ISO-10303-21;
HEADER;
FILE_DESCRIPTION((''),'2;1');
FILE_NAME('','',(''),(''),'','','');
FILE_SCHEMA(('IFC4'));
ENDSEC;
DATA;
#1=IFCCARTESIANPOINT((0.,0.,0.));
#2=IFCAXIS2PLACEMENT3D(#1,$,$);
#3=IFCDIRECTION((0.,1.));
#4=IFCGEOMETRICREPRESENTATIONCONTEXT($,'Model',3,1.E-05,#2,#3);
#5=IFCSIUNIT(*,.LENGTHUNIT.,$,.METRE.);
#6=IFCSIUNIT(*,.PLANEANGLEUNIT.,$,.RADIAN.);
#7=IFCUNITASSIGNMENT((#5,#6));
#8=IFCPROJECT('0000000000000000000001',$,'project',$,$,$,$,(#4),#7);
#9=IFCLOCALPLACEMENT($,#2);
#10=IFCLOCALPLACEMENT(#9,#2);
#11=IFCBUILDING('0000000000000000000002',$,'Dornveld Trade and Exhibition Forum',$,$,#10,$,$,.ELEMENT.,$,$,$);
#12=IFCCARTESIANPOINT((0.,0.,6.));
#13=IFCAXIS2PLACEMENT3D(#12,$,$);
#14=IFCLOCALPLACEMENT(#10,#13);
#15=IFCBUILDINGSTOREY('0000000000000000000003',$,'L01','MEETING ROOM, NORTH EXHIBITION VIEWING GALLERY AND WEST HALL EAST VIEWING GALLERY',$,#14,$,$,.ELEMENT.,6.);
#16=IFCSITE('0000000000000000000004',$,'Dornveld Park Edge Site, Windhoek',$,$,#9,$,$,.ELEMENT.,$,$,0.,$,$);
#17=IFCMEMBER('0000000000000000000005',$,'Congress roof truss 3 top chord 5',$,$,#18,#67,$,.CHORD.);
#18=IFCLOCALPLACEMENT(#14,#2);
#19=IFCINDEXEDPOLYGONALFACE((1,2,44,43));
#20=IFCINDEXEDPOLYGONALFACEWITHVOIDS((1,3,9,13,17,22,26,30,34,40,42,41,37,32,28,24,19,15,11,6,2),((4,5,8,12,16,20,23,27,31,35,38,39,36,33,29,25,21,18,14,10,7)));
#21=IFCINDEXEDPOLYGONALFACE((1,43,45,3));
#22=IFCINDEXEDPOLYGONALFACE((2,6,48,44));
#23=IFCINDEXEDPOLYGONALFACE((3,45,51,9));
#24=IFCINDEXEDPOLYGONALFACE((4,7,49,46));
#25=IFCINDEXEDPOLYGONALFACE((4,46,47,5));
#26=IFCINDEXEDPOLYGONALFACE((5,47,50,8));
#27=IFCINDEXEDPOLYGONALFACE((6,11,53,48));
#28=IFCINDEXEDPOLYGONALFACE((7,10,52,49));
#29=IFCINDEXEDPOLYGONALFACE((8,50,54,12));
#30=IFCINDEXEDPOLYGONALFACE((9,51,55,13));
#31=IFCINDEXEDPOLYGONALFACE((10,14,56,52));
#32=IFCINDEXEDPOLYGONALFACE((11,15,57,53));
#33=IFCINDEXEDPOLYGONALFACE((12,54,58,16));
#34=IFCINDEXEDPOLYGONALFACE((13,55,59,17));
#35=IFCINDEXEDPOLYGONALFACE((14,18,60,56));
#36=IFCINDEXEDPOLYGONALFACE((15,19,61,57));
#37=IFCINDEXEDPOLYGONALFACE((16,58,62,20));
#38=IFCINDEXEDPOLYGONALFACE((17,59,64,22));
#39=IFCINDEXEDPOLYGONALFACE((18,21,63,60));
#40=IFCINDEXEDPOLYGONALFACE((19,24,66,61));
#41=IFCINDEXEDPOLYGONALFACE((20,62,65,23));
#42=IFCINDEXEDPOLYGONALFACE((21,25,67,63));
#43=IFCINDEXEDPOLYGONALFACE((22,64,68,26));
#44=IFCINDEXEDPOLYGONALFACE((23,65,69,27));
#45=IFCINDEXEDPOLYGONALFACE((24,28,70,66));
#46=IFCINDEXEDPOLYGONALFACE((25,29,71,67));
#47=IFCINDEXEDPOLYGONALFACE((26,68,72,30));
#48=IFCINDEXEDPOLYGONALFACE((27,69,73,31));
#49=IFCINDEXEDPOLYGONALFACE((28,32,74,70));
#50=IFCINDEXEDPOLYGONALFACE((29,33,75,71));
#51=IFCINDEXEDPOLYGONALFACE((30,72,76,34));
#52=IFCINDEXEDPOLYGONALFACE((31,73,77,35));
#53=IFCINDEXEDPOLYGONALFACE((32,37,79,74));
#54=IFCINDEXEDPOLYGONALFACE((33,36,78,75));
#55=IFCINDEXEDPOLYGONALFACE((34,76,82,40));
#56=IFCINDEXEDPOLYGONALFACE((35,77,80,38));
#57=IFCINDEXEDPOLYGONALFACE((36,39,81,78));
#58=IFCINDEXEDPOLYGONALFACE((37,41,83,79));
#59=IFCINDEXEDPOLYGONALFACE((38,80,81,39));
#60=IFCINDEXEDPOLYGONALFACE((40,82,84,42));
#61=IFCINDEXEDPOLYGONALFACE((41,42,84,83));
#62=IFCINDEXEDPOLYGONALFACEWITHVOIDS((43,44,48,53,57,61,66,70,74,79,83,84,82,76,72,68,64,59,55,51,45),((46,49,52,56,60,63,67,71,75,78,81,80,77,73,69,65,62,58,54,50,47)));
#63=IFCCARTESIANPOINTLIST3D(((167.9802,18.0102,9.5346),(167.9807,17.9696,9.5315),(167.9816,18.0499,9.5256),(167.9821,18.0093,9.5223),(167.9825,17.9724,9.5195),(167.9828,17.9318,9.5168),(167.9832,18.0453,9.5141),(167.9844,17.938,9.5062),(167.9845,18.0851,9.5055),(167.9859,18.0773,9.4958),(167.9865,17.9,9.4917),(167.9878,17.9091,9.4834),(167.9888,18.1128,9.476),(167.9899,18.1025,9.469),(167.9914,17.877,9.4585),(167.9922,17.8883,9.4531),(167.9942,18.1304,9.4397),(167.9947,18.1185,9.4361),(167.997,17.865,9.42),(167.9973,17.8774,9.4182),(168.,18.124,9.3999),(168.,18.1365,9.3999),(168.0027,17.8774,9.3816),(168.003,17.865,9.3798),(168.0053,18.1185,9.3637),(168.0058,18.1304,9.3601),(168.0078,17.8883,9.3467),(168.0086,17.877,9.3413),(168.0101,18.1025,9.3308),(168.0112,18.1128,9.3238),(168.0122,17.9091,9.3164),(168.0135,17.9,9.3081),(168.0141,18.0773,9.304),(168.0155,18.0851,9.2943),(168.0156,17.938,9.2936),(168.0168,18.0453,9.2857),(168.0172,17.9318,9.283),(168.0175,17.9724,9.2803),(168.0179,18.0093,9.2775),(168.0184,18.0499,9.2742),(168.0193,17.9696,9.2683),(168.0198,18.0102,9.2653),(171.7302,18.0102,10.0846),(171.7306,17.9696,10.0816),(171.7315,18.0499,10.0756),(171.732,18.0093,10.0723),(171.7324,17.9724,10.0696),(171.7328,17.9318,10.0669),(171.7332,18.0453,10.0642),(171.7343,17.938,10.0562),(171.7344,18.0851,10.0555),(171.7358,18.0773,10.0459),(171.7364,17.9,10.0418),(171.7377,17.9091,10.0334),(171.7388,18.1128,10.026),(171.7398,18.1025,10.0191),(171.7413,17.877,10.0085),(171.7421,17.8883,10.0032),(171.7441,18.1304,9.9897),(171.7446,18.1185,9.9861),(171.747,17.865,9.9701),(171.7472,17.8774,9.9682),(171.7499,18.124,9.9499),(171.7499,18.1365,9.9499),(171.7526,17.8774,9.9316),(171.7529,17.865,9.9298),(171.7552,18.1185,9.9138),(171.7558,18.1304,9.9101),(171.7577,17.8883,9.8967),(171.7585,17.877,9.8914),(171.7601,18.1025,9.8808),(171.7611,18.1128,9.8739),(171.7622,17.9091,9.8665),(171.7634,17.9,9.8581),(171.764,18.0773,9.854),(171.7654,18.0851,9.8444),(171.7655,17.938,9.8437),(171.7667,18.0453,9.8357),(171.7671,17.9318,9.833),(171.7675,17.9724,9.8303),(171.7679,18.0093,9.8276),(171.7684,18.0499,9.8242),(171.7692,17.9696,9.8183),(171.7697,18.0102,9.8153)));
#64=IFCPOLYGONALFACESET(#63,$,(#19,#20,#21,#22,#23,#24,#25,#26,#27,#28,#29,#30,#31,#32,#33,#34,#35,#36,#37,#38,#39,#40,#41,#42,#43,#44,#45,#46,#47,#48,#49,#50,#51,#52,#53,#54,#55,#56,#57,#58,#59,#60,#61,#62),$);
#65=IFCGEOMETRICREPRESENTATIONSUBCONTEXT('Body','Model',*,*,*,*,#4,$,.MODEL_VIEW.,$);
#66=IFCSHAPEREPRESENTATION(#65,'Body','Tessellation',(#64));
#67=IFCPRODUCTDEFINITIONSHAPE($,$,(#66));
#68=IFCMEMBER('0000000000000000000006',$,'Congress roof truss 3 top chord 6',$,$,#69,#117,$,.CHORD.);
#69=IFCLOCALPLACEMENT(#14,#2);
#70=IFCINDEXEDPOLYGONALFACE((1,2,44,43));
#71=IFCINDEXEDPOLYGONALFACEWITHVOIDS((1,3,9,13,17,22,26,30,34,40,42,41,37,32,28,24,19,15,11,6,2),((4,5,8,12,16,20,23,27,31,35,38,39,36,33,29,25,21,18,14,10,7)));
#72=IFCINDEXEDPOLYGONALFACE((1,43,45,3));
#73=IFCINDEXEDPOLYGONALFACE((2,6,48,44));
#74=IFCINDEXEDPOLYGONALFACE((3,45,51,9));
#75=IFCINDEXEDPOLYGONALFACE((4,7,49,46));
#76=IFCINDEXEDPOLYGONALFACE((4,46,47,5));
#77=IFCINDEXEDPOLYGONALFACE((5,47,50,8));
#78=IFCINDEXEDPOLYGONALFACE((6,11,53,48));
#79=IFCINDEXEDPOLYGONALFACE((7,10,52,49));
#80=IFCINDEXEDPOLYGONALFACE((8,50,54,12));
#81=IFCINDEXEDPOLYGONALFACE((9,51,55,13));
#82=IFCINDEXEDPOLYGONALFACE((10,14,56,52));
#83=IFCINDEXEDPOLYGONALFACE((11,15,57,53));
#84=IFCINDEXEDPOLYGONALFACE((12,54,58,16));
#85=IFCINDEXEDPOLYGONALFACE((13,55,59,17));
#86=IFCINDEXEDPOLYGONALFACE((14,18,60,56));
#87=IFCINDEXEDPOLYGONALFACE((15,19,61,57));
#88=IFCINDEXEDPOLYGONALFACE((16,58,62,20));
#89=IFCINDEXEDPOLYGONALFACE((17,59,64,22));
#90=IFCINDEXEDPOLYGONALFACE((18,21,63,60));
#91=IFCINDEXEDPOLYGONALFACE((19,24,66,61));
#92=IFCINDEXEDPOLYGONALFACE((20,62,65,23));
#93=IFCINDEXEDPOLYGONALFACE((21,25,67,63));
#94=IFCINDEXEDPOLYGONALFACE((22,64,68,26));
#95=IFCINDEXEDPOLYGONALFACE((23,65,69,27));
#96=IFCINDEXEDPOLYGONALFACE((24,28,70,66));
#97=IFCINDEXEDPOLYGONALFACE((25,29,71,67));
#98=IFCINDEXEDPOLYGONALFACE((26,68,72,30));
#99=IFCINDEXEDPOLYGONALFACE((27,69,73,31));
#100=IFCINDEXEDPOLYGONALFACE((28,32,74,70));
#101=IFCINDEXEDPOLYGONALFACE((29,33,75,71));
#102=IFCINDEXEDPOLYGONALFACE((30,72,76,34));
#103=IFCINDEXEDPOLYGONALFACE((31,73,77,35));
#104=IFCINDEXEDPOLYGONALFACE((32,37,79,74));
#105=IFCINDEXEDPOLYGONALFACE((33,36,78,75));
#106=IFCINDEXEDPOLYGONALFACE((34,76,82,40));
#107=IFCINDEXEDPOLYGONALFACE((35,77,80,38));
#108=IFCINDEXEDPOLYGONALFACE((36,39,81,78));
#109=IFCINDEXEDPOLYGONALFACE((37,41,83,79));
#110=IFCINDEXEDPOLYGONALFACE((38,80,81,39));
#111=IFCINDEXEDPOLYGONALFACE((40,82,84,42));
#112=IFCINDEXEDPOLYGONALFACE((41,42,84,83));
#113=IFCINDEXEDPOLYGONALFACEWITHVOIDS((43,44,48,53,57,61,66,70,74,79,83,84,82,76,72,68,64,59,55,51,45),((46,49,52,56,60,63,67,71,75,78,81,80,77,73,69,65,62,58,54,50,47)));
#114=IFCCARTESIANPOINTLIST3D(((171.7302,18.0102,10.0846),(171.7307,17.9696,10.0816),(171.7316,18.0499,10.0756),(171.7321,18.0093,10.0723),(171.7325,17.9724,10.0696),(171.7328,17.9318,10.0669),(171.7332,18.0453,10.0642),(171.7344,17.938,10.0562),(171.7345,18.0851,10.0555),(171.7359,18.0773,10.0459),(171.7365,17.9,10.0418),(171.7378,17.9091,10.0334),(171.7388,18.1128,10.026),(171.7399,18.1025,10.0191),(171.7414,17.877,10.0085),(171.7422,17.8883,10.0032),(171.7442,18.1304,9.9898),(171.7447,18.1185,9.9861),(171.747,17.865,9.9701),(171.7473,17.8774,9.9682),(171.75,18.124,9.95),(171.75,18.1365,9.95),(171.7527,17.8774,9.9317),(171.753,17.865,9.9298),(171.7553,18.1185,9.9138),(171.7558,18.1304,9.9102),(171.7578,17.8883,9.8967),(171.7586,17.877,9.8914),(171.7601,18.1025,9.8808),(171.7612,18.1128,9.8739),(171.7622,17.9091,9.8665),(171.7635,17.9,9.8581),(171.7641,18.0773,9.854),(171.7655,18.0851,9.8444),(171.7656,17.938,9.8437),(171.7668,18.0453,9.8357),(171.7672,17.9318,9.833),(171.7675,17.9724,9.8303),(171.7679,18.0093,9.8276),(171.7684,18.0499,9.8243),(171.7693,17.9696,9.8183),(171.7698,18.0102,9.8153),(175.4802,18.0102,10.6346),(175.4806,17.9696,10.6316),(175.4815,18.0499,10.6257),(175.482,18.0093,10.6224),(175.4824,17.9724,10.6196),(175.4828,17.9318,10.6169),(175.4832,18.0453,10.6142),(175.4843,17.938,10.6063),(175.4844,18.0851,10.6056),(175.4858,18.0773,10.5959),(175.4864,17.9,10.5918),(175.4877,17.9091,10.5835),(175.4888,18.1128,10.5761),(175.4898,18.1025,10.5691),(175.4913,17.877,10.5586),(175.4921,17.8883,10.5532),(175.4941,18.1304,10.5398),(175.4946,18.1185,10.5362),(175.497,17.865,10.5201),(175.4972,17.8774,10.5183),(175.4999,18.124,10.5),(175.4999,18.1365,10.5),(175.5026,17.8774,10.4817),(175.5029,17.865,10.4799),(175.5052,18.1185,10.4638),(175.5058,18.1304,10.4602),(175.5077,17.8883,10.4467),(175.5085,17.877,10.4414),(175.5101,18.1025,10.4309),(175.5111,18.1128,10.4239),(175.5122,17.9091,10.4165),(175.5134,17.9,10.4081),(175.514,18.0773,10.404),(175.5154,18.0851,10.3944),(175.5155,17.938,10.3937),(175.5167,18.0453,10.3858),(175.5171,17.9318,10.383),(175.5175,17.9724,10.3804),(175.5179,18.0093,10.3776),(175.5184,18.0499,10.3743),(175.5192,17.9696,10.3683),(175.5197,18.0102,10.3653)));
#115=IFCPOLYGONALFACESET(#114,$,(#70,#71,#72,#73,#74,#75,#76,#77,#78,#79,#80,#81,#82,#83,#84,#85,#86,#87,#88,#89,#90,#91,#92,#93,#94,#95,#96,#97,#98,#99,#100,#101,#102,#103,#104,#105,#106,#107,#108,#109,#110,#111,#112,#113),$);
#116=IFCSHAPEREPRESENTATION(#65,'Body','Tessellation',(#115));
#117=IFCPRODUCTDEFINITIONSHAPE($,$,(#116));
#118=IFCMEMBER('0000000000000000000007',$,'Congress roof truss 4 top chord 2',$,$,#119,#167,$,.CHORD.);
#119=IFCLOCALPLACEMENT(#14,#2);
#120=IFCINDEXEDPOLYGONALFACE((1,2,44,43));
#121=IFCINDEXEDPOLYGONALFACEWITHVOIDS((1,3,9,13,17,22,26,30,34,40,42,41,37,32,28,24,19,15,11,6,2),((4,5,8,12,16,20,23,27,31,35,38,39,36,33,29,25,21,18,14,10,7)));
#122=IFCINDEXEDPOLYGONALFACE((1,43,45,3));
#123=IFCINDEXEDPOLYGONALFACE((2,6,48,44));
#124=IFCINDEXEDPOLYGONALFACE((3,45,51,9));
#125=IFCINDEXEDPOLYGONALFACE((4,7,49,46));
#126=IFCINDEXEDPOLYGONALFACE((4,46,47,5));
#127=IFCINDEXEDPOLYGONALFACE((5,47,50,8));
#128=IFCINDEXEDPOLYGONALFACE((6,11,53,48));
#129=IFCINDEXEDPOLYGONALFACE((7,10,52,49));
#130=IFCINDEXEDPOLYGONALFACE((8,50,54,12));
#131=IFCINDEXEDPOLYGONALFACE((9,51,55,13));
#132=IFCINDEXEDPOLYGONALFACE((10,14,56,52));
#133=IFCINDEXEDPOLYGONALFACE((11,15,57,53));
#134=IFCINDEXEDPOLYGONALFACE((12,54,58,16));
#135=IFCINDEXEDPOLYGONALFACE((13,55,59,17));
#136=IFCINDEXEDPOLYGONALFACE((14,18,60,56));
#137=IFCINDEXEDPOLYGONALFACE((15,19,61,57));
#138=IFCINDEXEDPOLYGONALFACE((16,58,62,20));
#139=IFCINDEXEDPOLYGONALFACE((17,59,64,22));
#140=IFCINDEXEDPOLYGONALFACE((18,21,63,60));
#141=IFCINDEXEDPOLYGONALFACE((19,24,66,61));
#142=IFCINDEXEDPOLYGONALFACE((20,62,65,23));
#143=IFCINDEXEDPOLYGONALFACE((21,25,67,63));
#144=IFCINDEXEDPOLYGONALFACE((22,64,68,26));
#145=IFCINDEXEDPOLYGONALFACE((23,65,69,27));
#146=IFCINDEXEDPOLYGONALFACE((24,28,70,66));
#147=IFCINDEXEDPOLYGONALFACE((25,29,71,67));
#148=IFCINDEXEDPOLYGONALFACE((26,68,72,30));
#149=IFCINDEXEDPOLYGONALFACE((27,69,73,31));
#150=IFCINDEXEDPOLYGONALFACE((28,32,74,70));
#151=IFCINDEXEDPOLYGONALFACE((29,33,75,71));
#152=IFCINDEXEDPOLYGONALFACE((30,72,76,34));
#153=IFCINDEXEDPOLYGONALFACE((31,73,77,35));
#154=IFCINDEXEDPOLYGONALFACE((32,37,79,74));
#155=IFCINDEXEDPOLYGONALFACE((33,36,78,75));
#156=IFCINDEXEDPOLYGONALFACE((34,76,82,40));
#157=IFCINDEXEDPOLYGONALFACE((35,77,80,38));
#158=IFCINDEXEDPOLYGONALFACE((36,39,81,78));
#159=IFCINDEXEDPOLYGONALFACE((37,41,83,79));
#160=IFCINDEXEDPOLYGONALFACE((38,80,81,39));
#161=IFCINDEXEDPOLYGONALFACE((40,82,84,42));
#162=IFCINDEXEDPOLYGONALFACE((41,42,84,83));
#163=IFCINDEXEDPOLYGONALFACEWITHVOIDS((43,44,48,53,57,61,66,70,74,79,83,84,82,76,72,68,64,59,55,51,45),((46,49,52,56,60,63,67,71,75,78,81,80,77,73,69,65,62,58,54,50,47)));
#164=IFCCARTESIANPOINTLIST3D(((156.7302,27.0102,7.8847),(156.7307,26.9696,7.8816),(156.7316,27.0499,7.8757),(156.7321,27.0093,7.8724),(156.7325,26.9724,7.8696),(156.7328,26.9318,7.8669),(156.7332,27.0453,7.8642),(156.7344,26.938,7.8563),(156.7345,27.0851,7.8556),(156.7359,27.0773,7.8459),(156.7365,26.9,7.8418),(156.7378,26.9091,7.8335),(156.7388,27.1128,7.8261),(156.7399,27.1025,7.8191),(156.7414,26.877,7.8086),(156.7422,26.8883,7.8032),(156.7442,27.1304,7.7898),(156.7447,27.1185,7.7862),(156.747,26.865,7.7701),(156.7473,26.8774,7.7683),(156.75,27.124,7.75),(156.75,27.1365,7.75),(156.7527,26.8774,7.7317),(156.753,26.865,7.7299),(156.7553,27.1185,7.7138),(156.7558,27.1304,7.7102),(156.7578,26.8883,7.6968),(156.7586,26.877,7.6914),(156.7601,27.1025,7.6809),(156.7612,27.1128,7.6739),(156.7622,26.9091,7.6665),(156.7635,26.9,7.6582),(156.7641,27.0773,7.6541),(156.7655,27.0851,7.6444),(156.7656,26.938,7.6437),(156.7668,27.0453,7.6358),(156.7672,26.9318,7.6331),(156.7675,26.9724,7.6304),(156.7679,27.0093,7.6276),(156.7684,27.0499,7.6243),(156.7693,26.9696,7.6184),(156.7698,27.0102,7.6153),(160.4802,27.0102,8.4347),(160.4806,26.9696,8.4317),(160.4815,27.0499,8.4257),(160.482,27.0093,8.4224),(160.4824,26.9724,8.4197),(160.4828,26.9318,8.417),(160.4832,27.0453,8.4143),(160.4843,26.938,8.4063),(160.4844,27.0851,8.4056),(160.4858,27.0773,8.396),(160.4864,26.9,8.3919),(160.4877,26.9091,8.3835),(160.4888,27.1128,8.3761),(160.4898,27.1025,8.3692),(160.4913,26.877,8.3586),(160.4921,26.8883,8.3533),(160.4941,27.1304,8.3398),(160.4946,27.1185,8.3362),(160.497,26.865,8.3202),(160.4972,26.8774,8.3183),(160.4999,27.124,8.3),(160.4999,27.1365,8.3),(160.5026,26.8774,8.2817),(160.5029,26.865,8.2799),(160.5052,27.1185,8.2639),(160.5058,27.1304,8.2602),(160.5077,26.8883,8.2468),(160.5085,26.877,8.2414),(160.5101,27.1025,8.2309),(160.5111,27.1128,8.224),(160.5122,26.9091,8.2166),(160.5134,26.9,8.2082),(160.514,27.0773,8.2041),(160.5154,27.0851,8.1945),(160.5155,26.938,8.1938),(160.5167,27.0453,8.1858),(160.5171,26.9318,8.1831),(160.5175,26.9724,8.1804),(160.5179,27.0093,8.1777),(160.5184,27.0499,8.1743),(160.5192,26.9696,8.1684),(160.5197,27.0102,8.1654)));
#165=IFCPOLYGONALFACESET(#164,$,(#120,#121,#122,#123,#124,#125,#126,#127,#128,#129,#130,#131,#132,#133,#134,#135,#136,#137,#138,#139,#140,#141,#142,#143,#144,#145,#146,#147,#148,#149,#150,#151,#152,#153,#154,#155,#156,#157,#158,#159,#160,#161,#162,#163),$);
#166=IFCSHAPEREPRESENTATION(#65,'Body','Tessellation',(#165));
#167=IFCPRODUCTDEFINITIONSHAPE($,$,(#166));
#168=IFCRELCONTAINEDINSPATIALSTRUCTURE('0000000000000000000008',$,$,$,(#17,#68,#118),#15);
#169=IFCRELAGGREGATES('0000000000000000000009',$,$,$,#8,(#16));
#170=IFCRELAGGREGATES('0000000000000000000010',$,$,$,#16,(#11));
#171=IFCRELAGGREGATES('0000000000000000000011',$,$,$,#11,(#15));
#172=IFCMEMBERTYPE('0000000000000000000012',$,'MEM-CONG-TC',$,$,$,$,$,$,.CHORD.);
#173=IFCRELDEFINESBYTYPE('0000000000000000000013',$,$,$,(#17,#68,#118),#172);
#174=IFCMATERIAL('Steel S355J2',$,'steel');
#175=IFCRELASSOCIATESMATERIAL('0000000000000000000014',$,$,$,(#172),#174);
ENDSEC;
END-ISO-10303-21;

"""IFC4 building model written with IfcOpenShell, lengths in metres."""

from ifc_helpers import new_model, si_unit, direction, frame, origin, origin_2d, place, context, subcontext, project, spatial, hollow_circle, extrude, material, material_profile, profile_set, type_object, element, save


model = new_model("IFC4")

# Units and contexts
model_context = context("Model", 3, precision=1e-05, world=origin(), true_north=direction((0.0, 1.0)))
body_context = subcontext(model_context, "Body", "Model", "MODEL_VIEW")
ifc_project = project(units=[si_unit("LENGTHUNIT", "METRE"), si_unit("PLANEANGLEUNIT", "RADIAN")], contexts=[model_context])

# Site, building, storey
site_placement = place(None, origin())
site = spatial("IfcSite", under=ifc_project, at=site_placement, Name="Dornveld Park Edge Site, Windhoek", CompositionType="ELEMENT", RefElevation=0.0)
building_placement = place(site_placement, origin())
building = spatial("IfcBuilding", under=site, at=building_placement, Name="Dornveld Trade and Exhibition Forum", CompositionType="ELEMENT")
storey_placement = place(building_placement, frame((0.0, 0.0, 6.0)))
storey = spatial("IfcBuildingStorey", under=building, at=storey_placement, Name="L01", Description="MEETING ROOM, NORTH EXHIBITION VIEWING GALLERY AND WEST HALL EAST VIEWING GALLERY", CompositionType="ELEMENT", Elevation=6.0)

# Members
ifc_material_1 = material(Name="Steel S355J2", Category="steel")
ifc_material_profile_1 = material_profile(ifc_material_1, hollow_circle(Radius=0.1365, WallThickness=0.0125, at=origin_2d()), Name="CHS 273x12.5")
ifc_profile_set_1 = profile_set([ifc_material_profile_1], Name="Steel S355J2")
member_type_1 = type_object("IfcMemberType", Name="MEM-CONG-TC", PredefinedType="CHORD", material=ifc_profile_set_1)
for number, where, z_axis, x_axis, name in (
    (1, (168.0, 18.0, 9.3999), (0.989413, 0.0, 0.145127), (0.0, 1.0, 0.0), "Congress roof truss 3 top chord 5"),
    (2, (171.75, 18.0, 9.95), (0.989413, 0.0, 0.145127), (0.0, 1.0, 0.0), "Congress roof truss 3 top chord 6"),
    (3, (156.75, 27.0, 7.75), (0.989413, 0.0, 0.145127), (0.0, 1.0, 0.0), "Congress roof truss 4 top chord 2"),
):
    element("IfcMember", number, at=place(storey_placement, frame(where, z_axis=z_axis, x_axis=x_axis)), inside=storey, type_object=member_type_1, Name=name, PredefinedType="CHORD", context=body_context, shape_type="SweptSolid", body=[
        extrude(hollow_circle(Radius=0.1365, WallThickness=0.0125, at=origin_2d()), origin(), (0.0, 0.0, 1.0), 3.79),
    ])

save(model, "model.ifc")
